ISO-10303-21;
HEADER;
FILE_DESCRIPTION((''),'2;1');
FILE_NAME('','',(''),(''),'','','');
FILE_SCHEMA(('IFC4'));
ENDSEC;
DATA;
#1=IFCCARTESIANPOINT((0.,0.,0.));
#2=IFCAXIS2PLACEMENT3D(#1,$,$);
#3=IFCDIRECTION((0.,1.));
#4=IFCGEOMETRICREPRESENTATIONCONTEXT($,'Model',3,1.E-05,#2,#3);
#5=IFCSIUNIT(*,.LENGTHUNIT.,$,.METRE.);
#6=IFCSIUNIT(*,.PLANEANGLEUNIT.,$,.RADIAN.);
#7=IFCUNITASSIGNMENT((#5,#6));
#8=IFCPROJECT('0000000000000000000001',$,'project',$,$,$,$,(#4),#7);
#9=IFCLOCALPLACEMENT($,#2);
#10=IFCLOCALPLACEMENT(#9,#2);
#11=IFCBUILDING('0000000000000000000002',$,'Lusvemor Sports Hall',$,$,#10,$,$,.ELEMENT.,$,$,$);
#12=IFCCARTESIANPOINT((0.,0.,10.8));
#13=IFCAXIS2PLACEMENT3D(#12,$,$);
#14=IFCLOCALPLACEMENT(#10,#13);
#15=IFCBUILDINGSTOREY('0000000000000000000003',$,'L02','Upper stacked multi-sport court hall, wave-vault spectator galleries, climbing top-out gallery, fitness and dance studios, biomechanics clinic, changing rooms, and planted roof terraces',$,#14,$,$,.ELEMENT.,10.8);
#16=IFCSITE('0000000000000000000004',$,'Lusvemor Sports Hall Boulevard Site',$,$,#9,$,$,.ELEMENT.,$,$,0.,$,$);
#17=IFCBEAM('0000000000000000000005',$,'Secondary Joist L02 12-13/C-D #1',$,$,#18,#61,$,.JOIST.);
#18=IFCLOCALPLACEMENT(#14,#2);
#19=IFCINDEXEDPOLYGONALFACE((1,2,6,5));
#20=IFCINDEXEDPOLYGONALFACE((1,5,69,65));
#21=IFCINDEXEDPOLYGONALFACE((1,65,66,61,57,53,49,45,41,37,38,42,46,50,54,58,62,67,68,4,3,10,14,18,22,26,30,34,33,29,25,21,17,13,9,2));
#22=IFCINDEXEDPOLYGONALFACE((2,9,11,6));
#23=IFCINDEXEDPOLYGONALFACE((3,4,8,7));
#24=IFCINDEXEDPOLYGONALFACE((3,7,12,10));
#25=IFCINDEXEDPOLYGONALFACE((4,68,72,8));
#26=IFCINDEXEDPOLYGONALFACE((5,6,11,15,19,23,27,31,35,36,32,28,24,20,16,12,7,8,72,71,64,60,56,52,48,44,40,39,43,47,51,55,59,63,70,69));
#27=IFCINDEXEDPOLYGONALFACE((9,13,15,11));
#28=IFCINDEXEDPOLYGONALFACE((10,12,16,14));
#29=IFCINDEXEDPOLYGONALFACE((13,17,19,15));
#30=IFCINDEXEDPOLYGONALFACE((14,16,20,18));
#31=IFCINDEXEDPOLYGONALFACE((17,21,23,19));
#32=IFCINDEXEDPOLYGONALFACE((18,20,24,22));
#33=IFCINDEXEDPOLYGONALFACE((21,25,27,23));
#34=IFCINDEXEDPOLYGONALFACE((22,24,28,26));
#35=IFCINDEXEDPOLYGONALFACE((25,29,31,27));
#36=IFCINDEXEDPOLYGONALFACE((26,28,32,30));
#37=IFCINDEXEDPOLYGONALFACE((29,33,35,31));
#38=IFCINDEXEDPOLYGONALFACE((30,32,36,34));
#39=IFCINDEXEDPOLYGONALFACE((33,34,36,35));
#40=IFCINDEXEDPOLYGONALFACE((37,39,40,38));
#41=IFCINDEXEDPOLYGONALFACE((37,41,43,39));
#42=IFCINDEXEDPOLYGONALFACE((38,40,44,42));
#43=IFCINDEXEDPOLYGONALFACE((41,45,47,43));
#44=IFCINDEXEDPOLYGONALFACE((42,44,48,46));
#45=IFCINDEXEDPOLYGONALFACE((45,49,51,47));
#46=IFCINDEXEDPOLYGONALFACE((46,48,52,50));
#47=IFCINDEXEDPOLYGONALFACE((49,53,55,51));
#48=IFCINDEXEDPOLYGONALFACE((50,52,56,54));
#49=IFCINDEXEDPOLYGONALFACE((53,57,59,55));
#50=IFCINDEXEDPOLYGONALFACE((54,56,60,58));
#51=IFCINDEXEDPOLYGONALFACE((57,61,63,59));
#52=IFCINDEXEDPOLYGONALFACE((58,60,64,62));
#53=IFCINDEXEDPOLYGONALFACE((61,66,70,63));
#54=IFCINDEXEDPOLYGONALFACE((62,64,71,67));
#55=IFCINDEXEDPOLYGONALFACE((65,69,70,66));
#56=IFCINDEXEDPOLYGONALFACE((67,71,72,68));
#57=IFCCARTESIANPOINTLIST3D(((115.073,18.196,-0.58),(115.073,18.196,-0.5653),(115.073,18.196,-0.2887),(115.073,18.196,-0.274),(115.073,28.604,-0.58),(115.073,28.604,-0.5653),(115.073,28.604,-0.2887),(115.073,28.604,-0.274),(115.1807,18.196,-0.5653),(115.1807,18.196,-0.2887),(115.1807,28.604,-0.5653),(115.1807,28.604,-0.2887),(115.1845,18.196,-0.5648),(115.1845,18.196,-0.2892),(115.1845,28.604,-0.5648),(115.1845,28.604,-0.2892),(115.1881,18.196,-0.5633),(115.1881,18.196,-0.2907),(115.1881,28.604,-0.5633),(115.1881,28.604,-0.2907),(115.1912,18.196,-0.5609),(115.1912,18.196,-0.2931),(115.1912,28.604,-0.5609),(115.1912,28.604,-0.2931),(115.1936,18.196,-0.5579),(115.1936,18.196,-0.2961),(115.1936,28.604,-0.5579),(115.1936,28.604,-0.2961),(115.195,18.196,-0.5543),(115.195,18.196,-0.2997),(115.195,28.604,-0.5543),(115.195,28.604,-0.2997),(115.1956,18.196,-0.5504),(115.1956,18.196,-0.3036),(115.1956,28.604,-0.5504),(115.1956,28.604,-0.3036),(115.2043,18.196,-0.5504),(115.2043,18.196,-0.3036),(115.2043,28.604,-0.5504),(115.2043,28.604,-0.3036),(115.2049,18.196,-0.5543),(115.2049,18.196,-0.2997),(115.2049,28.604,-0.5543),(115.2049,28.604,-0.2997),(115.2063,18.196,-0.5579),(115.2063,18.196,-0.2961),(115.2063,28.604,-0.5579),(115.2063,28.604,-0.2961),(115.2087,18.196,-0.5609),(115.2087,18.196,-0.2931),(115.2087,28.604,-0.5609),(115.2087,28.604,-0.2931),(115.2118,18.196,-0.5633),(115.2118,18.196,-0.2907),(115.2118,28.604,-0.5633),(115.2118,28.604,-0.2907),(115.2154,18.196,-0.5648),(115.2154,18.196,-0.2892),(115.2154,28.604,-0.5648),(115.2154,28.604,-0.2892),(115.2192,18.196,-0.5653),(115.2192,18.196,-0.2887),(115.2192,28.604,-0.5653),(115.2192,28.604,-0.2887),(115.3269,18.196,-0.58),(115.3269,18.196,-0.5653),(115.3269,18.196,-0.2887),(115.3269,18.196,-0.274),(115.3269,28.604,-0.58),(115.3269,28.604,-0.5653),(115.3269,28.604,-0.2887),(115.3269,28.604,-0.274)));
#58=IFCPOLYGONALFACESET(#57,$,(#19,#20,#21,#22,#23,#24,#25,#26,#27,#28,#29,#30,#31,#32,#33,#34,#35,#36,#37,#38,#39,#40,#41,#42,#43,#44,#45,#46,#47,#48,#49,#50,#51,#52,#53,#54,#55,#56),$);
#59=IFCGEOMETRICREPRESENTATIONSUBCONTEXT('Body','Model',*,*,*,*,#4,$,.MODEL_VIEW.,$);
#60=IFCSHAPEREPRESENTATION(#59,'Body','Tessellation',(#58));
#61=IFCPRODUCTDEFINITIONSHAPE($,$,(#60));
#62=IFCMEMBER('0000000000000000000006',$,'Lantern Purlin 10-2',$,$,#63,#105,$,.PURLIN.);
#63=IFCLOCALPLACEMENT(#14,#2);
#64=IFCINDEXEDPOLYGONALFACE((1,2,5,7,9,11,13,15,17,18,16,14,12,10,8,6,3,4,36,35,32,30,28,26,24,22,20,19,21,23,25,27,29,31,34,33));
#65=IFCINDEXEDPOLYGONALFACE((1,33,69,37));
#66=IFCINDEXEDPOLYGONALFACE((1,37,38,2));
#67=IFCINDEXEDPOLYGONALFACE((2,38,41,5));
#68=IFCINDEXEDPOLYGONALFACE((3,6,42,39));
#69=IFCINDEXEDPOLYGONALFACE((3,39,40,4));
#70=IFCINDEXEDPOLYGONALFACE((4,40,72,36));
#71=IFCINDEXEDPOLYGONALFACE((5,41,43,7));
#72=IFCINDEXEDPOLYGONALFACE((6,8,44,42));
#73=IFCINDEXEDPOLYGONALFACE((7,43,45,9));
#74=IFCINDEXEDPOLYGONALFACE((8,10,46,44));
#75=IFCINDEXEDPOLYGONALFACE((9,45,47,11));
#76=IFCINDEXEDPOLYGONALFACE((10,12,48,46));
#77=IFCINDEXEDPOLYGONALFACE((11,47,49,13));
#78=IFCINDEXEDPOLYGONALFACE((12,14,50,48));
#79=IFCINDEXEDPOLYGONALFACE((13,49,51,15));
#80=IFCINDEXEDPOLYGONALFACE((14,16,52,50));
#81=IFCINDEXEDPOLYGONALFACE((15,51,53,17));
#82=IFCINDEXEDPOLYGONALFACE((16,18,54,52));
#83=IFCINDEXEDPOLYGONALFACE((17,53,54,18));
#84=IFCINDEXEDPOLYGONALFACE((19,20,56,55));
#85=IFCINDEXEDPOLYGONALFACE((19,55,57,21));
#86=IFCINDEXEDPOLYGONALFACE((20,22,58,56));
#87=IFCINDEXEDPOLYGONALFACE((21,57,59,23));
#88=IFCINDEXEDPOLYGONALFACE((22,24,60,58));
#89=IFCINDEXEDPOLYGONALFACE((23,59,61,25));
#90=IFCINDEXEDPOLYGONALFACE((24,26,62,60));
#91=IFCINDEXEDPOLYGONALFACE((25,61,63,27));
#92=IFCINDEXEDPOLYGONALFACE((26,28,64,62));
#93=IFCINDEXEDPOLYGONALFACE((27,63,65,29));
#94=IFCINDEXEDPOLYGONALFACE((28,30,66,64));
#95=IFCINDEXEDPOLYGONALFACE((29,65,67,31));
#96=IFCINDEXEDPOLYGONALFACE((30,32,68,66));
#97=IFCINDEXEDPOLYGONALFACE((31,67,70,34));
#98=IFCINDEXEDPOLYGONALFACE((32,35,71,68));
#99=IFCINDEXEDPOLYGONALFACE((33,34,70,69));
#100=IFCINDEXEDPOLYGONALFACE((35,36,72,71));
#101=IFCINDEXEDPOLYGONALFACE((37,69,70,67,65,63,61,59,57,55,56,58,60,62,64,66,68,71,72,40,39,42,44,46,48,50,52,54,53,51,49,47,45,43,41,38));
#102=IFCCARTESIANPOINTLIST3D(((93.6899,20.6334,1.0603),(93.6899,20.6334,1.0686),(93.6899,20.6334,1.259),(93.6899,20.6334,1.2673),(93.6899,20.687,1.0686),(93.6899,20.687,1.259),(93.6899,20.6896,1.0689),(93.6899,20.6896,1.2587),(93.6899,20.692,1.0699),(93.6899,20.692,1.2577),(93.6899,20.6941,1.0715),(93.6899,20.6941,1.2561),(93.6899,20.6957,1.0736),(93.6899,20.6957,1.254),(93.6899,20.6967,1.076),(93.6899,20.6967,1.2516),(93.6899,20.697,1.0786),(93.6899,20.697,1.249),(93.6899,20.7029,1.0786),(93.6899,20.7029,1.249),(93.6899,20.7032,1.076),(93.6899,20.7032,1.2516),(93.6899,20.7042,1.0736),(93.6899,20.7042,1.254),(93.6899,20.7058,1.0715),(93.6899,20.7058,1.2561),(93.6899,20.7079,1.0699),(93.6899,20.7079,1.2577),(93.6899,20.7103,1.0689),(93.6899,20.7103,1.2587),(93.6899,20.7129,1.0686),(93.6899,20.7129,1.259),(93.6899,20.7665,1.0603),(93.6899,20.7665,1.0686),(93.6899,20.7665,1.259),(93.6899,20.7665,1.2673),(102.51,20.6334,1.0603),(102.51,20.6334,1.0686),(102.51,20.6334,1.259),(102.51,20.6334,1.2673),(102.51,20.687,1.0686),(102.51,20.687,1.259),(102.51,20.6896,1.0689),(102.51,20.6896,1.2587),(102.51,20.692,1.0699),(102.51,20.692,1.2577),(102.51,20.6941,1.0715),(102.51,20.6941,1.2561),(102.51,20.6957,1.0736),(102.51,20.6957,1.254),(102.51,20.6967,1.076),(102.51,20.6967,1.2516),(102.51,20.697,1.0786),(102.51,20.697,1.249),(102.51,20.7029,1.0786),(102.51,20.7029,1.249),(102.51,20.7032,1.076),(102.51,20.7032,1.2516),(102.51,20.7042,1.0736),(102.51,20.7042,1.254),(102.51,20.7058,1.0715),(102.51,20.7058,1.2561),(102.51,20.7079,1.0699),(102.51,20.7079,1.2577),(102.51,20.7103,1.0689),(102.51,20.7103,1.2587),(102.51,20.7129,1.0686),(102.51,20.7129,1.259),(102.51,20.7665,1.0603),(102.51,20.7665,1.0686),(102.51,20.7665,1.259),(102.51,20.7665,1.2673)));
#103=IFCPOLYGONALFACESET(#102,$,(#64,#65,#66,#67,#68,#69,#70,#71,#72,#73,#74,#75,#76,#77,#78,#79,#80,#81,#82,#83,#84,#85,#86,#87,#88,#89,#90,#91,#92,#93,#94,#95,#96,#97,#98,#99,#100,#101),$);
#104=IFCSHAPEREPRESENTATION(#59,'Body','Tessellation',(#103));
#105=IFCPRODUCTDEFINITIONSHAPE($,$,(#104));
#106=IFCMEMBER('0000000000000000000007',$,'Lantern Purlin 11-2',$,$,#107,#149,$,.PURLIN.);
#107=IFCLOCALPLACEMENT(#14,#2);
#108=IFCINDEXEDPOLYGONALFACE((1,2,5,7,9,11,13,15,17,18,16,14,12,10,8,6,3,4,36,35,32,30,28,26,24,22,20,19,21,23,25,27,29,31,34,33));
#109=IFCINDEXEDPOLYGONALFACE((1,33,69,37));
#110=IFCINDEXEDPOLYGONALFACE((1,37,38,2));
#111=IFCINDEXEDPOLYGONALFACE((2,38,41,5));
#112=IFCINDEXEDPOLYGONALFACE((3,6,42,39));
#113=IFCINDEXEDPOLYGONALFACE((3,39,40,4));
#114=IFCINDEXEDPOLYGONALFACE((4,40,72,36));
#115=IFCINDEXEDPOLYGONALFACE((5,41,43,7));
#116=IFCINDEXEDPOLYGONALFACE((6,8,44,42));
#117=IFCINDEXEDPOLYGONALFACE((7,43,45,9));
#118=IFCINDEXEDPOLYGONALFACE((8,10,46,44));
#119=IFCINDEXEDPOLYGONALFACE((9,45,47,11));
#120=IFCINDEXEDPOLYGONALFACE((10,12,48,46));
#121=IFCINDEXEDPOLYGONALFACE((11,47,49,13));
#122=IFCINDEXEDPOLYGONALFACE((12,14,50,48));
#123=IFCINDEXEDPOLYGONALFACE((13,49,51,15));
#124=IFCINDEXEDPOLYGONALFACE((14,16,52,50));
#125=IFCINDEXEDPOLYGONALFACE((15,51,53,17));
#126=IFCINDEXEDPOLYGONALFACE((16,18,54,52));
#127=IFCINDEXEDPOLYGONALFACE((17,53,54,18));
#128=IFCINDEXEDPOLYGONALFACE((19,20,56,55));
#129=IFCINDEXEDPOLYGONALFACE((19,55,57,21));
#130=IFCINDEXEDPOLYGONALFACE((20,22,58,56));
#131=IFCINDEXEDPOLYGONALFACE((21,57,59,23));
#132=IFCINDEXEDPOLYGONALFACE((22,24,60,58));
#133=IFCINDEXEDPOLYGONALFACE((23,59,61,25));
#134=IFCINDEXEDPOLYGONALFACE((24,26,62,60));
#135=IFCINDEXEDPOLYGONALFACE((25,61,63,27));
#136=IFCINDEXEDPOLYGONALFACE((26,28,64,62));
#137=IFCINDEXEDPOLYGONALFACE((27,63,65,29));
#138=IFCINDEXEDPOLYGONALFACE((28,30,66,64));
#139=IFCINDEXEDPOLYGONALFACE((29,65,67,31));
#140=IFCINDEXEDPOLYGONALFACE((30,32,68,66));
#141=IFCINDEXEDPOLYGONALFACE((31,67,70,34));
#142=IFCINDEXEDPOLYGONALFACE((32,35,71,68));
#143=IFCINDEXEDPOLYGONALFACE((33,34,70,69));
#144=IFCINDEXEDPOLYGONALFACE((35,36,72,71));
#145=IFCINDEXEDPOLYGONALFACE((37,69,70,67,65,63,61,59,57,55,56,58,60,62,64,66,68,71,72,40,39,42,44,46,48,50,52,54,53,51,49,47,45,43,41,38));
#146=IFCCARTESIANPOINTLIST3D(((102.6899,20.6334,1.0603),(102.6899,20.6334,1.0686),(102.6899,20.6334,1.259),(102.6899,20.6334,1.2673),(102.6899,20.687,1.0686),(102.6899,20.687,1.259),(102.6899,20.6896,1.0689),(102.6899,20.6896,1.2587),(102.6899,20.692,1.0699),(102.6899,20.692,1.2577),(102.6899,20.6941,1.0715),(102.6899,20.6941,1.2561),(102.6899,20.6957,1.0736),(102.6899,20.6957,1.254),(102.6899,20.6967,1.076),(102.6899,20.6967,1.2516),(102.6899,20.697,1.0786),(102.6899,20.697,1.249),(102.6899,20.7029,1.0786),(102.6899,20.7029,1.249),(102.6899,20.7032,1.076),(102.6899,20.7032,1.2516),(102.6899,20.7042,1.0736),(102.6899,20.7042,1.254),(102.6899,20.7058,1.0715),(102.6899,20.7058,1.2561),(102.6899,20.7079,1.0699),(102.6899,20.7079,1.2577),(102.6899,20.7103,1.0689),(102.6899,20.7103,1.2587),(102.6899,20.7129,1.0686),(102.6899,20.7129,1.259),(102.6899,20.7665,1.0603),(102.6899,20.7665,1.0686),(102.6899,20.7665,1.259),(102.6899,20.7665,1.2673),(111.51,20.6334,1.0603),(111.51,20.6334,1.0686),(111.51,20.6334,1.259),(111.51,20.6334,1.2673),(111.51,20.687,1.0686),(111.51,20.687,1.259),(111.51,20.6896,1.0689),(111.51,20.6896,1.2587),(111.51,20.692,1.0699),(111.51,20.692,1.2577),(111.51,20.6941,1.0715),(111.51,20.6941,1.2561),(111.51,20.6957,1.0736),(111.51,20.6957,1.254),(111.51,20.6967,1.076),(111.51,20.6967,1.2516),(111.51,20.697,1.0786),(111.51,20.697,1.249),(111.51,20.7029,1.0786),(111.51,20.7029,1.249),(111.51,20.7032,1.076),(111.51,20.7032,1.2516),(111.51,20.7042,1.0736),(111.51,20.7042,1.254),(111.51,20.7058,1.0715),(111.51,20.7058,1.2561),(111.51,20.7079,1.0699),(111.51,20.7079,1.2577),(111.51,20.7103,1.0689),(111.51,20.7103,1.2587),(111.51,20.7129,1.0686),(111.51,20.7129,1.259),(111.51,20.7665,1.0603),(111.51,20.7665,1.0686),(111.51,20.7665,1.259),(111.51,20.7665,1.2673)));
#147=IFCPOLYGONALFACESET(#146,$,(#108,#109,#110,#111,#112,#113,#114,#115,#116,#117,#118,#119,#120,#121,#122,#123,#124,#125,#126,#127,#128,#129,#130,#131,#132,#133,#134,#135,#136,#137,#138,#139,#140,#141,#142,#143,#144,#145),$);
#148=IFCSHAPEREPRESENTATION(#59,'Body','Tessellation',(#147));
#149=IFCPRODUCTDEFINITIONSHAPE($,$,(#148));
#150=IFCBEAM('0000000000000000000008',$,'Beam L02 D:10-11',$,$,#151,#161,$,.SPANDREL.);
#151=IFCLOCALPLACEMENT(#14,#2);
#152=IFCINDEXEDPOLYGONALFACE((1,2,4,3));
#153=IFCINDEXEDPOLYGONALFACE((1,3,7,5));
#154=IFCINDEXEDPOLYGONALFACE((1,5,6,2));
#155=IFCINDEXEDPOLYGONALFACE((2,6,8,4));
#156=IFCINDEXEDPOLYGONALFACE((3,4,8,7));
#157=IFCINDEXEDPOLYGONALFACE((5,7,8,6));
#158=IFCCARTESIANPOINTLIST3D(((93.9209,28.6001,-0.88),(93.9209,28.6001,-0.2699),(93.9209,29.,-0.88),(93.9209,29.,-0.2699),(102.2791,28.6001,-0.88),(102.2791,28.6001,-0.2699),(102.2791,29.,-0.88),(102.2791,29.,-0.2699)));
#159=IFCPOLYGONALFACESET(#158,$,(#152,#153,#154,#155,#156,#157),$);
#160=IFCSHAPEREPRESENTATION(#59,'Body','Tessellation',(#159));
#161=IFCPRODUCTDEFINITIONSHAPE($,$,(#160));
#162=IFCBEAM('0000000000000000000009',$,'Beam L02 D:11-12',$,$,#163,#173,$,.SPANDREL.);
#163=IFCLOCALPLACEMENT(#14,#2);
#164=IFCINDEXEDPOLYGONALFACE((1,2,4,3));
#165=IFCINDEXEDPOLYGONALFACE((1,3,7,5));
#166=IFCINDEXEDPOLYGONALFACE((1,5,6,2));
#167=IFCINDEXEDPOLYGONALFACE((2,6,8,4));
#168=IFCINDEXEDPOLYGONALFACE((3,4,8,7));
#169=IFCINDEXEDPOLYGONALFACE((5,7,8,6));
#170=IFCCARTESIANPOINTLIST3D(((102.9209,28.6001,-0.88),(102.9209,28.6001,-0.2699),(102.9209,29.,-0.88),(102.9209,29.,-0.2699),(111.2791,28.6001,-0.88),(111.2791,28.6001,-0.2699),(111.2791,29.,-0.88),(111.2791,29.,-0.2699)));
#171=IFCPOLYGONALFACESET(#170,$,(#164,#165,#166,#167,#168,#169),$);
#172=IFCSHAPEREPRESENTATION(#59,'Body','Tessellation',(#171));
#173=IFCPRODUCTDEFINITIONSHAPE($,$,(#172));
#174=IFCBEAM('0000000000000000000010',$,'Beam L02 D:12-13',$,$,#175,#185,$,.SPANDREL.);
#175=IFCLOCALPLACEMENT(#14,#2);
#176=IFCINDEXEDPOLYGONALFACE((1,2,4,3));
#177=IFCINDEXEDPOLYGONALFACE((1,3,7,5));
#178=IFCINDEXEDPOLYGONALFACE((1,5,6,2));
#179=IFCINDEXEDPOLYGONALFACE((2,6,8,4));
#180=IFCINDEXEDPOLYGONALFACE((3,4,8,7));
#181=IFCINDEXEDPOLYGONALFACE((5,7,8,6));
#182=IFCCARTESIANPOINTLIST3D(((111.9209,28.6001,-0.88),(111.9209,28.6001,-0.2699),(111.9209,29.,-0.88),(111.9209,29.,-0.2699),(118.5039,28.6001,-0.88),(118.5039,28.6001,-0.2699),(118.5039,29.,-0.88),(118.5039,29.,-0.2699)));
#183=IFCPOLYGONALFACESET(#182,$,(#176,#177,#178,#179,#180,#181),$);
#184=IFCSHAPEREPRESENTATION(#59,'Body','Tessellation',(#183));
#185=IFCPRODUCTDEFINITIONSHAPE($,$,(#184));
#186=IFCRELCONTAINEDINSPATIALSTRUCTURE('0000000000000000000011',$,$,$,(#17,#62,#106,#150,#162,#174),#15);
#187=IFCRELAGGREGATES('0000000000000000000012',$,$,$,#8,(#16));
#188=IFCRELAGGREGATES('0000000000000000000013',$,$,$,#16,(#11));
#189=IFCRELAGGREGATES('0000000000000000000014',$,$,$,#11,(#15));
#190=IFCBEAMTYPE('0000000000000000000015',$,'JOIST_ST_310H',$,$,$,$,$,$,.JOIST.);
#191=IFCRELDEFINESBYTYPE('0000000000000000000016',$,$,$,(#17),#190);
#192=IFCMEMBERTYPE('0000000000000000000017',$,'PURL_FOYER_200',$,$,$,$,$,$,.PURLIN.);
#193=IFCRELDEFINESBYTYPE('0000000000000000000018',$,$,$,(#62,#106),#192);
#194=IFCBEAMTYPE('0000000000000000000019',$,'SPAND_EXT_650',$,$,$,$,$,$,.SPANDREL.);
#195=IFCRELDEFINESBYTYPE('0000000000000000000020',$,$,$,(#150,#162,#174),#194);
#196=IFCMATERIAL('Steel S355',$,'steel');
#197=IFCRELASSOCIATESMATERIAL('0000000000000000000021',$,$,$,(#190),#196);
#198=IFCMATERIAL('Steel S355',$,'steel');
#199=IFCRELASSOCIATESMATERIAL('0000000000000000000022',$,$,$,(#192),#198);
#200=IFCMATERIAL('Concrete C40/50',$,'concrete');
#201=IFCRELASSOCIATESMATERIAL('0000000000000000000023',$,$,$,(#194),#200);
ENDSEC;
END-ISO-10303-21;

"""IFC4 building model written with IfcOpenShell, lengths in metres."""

from ifc_helpers import new_model, si_unit, direction, frame, origin, origin_2d, place, context, subcontext, project, spatial, rectangle, i_section, extrude, material, material_profile, profile_set, type_object, element, save


model = new_model("IFC4")

# Units and contexts
model_context = context("Model", 3, precision=1e-05, world=origin(), true_north=direction((0.0, 1.0)))
body_context = subcontext(model_context, "Body", "Model", "MODEL_VIEW")
ifc_project = project(units=[si_unit("LENGTHUNIT", "METRE"), si_unit("PLANEANGLEUNIT", "RADIAN")], contexts=[model_context])

# Site, building, storey
site_placement = place(None, origin())
site = spatial("IfcSite", under=ifc_project, at=site_placement, Name="Lusvemor Sports Hall Boulevard Site", CompositionType="ELEMENT", RefElevation=0.0)
building_placement = place(site_placement, origin())
building = spatial("IfcBuilding", under=site, at=building_placement, Name="Lusvemor Sports Hall", CompositionType="ELEMENT")
storey_placement = place(building_placement, frame((0.0, 0.0, 10.8)))
storey = spatial("IfcBuildingStorey", under=building, at=storey_placement, Name="L02", Description="Upper stacked multi-sport court hall, wave-vault spectator galleries, climbing top-out gallery, fitness and dance studios, biomechanics clinic, changing rooms, and planted roof terraces", CompositionType="ELEMENT", Elevation=10.8)

# Beam
ifc_material_1 = material(Name="Steel S355", Category="steel")
ifc_material_profile_1 = material_profile(ifc_material_1, i_section(OverallWidth=0.2539, OverallDepth=0.3059, WebThickness=0.0088, FlangeThickness=0.0146, FilletRadius=0.0149, at=origin_2d()), Name="W310x79.0")
ifc_profile_set_1 = profile_set([ifc_material_profile_1], Name="Steel S355")
beam_type_1 = type_object("IfcBeamType", Name="JOIST_ST_310H", PredefinedType="JOIST", material=ifc_profile_set_1)
beam_1_placement = place(storey_placement, frame((115.2, 18.196, -0.427), z_axis=(0.0, 1.0, 0.0), x_axis=(-1.0, 0.0, 0.0)))
element("IfcBeam", 1, at=beam_1_placement, inside=storey, type_object=beam_type_1, Name="Secondary Joist L02 12-13/C-D #1", PredefinedType="JOIST", context=body_context, shape_type="SweptSolid", body=[
    extrude(i_section(OverallWidth=0.2539, OverallDepth=0.3059, WebThickness=0.0088, FlangeThickness=0.0146, FilletRadius=0.0149, at=origin_2d()), origin(), (0.0, 0.0, 1.0), 10.408),
])

# Members
ifc_material_2 = material(Name="Steel S355", Category="steel")
ifc_material_profile_2 = material_profile(ifc_material_2, i_section(OverallWidth=0.1331, OverallDepth=0.207, WebThickness=0.0059, FlangeThickness=0.0083, FilletRadius=0.01, at=origin_2d()), Name="W200x26.6")
ifc_profile_set_2 = profile_set([ifc_material_profile_2], Name="Steel S355")
member_type_1 = type_object("IfcMemberType", Name="PURL_FOYER_200", PredefinedType="PURLIN", material=ifc_profile_set_2)
for number, where, z_axis, x_axis, name in (
    (2, (93.6899, 20.7, 1.1638), (1.0, 0.0, 0.0), (0.0, 1.0, 0.0), "Lantern Purlin 10-2"),
    (3, (102.6899, 20.7, 1.1638), (1.0, 0.0, 0.0), (0.0, 1.0, 0.0), "Lantern Purlin 11-2"),
):
    element("IfcMember", number, at=place(storey_placement, frame(where, z_axis=z_axis, x_axis=x_axis)), inside=storey, type_object=member_type_1, Name=name, PredefinedType="PURLIN", context=body_context, shape_type="SweptSolid", body=[
        extrude(i_section(OverallWidth=0.1331, OverallDepth=0.207, WebThickness=0.0059, FlangeThickness=0.0083, FilletRadius=0.01, at=origin_2d()), origin(), (0.0, 0.0, 1.0), 8.8201),
    ])

# Beams
ifc_material_3 = material(Name="Concrete C40/50", Category="concrete")
ifc_material_profile_3 = material_profile(ifc_material_3, rectangle(XDim=0.3999, YDim=0.6101, at=origin_2d()), Name="RC400x610")
ifc_profile_set_3 = profile_set([ifc_material_profile_3], Name="Concrete C40/50")
beam_type_2 = type_object("IfcBeamType", Name="SPAND_EXT_650", PredefinedType="SPANDREL", material=ifc_profile_set_3)
for number, where, z_axis, x_axis, name in (
    (4, (93.9209, 28.8, -0.575), (1.0, 0.0, 0.0), (0.0, 1.0, 0.0), "Beam L02 D:10-11"),
    (5, (102.9209, 28.8, -0.575), (1.0, 0.0, 0.0), (0.0, 1.0, 0.0), "Beam L02 D:11-12"),
):
    element("IfcBeam", number, at=place(storey_placement, frame(where, z_axis=z_axis, x_axis=x_axis)), inside=storey, type_object=beam_type_2, Name=name, PredefinedType="SPANDREL", context=body_context, shape_type="SweptSolid", body=[
        extrude(rectangle(XDim=0.3999, YDim=0.6101, at=origin_2d()), origin(), (0.0, 0.0, 1.0), 8.3582),
    ])
beam_2_placement = place(storey_placement, frame((111.9209, 28.8, -0.575), z_axis=(1.0, 0.0, 0.0), x_axis=(0.0, 1.0, 0.0)))
element("IfcBeam", 6, at=beam_2_placement, inside=storey, type_object=beam_type_2, Name="Beam L02 D:12-13", PredefinedType="SPANDREL", context=body_context, shape_type="SweptSolid", body=[
    extrude(rectangle(XDim=0.3999, YDim=0.6101, at=origin_2d()), origin(), (0.0, 0.0, 1.0), 6.583),
])

save(model, "model.ifc")
